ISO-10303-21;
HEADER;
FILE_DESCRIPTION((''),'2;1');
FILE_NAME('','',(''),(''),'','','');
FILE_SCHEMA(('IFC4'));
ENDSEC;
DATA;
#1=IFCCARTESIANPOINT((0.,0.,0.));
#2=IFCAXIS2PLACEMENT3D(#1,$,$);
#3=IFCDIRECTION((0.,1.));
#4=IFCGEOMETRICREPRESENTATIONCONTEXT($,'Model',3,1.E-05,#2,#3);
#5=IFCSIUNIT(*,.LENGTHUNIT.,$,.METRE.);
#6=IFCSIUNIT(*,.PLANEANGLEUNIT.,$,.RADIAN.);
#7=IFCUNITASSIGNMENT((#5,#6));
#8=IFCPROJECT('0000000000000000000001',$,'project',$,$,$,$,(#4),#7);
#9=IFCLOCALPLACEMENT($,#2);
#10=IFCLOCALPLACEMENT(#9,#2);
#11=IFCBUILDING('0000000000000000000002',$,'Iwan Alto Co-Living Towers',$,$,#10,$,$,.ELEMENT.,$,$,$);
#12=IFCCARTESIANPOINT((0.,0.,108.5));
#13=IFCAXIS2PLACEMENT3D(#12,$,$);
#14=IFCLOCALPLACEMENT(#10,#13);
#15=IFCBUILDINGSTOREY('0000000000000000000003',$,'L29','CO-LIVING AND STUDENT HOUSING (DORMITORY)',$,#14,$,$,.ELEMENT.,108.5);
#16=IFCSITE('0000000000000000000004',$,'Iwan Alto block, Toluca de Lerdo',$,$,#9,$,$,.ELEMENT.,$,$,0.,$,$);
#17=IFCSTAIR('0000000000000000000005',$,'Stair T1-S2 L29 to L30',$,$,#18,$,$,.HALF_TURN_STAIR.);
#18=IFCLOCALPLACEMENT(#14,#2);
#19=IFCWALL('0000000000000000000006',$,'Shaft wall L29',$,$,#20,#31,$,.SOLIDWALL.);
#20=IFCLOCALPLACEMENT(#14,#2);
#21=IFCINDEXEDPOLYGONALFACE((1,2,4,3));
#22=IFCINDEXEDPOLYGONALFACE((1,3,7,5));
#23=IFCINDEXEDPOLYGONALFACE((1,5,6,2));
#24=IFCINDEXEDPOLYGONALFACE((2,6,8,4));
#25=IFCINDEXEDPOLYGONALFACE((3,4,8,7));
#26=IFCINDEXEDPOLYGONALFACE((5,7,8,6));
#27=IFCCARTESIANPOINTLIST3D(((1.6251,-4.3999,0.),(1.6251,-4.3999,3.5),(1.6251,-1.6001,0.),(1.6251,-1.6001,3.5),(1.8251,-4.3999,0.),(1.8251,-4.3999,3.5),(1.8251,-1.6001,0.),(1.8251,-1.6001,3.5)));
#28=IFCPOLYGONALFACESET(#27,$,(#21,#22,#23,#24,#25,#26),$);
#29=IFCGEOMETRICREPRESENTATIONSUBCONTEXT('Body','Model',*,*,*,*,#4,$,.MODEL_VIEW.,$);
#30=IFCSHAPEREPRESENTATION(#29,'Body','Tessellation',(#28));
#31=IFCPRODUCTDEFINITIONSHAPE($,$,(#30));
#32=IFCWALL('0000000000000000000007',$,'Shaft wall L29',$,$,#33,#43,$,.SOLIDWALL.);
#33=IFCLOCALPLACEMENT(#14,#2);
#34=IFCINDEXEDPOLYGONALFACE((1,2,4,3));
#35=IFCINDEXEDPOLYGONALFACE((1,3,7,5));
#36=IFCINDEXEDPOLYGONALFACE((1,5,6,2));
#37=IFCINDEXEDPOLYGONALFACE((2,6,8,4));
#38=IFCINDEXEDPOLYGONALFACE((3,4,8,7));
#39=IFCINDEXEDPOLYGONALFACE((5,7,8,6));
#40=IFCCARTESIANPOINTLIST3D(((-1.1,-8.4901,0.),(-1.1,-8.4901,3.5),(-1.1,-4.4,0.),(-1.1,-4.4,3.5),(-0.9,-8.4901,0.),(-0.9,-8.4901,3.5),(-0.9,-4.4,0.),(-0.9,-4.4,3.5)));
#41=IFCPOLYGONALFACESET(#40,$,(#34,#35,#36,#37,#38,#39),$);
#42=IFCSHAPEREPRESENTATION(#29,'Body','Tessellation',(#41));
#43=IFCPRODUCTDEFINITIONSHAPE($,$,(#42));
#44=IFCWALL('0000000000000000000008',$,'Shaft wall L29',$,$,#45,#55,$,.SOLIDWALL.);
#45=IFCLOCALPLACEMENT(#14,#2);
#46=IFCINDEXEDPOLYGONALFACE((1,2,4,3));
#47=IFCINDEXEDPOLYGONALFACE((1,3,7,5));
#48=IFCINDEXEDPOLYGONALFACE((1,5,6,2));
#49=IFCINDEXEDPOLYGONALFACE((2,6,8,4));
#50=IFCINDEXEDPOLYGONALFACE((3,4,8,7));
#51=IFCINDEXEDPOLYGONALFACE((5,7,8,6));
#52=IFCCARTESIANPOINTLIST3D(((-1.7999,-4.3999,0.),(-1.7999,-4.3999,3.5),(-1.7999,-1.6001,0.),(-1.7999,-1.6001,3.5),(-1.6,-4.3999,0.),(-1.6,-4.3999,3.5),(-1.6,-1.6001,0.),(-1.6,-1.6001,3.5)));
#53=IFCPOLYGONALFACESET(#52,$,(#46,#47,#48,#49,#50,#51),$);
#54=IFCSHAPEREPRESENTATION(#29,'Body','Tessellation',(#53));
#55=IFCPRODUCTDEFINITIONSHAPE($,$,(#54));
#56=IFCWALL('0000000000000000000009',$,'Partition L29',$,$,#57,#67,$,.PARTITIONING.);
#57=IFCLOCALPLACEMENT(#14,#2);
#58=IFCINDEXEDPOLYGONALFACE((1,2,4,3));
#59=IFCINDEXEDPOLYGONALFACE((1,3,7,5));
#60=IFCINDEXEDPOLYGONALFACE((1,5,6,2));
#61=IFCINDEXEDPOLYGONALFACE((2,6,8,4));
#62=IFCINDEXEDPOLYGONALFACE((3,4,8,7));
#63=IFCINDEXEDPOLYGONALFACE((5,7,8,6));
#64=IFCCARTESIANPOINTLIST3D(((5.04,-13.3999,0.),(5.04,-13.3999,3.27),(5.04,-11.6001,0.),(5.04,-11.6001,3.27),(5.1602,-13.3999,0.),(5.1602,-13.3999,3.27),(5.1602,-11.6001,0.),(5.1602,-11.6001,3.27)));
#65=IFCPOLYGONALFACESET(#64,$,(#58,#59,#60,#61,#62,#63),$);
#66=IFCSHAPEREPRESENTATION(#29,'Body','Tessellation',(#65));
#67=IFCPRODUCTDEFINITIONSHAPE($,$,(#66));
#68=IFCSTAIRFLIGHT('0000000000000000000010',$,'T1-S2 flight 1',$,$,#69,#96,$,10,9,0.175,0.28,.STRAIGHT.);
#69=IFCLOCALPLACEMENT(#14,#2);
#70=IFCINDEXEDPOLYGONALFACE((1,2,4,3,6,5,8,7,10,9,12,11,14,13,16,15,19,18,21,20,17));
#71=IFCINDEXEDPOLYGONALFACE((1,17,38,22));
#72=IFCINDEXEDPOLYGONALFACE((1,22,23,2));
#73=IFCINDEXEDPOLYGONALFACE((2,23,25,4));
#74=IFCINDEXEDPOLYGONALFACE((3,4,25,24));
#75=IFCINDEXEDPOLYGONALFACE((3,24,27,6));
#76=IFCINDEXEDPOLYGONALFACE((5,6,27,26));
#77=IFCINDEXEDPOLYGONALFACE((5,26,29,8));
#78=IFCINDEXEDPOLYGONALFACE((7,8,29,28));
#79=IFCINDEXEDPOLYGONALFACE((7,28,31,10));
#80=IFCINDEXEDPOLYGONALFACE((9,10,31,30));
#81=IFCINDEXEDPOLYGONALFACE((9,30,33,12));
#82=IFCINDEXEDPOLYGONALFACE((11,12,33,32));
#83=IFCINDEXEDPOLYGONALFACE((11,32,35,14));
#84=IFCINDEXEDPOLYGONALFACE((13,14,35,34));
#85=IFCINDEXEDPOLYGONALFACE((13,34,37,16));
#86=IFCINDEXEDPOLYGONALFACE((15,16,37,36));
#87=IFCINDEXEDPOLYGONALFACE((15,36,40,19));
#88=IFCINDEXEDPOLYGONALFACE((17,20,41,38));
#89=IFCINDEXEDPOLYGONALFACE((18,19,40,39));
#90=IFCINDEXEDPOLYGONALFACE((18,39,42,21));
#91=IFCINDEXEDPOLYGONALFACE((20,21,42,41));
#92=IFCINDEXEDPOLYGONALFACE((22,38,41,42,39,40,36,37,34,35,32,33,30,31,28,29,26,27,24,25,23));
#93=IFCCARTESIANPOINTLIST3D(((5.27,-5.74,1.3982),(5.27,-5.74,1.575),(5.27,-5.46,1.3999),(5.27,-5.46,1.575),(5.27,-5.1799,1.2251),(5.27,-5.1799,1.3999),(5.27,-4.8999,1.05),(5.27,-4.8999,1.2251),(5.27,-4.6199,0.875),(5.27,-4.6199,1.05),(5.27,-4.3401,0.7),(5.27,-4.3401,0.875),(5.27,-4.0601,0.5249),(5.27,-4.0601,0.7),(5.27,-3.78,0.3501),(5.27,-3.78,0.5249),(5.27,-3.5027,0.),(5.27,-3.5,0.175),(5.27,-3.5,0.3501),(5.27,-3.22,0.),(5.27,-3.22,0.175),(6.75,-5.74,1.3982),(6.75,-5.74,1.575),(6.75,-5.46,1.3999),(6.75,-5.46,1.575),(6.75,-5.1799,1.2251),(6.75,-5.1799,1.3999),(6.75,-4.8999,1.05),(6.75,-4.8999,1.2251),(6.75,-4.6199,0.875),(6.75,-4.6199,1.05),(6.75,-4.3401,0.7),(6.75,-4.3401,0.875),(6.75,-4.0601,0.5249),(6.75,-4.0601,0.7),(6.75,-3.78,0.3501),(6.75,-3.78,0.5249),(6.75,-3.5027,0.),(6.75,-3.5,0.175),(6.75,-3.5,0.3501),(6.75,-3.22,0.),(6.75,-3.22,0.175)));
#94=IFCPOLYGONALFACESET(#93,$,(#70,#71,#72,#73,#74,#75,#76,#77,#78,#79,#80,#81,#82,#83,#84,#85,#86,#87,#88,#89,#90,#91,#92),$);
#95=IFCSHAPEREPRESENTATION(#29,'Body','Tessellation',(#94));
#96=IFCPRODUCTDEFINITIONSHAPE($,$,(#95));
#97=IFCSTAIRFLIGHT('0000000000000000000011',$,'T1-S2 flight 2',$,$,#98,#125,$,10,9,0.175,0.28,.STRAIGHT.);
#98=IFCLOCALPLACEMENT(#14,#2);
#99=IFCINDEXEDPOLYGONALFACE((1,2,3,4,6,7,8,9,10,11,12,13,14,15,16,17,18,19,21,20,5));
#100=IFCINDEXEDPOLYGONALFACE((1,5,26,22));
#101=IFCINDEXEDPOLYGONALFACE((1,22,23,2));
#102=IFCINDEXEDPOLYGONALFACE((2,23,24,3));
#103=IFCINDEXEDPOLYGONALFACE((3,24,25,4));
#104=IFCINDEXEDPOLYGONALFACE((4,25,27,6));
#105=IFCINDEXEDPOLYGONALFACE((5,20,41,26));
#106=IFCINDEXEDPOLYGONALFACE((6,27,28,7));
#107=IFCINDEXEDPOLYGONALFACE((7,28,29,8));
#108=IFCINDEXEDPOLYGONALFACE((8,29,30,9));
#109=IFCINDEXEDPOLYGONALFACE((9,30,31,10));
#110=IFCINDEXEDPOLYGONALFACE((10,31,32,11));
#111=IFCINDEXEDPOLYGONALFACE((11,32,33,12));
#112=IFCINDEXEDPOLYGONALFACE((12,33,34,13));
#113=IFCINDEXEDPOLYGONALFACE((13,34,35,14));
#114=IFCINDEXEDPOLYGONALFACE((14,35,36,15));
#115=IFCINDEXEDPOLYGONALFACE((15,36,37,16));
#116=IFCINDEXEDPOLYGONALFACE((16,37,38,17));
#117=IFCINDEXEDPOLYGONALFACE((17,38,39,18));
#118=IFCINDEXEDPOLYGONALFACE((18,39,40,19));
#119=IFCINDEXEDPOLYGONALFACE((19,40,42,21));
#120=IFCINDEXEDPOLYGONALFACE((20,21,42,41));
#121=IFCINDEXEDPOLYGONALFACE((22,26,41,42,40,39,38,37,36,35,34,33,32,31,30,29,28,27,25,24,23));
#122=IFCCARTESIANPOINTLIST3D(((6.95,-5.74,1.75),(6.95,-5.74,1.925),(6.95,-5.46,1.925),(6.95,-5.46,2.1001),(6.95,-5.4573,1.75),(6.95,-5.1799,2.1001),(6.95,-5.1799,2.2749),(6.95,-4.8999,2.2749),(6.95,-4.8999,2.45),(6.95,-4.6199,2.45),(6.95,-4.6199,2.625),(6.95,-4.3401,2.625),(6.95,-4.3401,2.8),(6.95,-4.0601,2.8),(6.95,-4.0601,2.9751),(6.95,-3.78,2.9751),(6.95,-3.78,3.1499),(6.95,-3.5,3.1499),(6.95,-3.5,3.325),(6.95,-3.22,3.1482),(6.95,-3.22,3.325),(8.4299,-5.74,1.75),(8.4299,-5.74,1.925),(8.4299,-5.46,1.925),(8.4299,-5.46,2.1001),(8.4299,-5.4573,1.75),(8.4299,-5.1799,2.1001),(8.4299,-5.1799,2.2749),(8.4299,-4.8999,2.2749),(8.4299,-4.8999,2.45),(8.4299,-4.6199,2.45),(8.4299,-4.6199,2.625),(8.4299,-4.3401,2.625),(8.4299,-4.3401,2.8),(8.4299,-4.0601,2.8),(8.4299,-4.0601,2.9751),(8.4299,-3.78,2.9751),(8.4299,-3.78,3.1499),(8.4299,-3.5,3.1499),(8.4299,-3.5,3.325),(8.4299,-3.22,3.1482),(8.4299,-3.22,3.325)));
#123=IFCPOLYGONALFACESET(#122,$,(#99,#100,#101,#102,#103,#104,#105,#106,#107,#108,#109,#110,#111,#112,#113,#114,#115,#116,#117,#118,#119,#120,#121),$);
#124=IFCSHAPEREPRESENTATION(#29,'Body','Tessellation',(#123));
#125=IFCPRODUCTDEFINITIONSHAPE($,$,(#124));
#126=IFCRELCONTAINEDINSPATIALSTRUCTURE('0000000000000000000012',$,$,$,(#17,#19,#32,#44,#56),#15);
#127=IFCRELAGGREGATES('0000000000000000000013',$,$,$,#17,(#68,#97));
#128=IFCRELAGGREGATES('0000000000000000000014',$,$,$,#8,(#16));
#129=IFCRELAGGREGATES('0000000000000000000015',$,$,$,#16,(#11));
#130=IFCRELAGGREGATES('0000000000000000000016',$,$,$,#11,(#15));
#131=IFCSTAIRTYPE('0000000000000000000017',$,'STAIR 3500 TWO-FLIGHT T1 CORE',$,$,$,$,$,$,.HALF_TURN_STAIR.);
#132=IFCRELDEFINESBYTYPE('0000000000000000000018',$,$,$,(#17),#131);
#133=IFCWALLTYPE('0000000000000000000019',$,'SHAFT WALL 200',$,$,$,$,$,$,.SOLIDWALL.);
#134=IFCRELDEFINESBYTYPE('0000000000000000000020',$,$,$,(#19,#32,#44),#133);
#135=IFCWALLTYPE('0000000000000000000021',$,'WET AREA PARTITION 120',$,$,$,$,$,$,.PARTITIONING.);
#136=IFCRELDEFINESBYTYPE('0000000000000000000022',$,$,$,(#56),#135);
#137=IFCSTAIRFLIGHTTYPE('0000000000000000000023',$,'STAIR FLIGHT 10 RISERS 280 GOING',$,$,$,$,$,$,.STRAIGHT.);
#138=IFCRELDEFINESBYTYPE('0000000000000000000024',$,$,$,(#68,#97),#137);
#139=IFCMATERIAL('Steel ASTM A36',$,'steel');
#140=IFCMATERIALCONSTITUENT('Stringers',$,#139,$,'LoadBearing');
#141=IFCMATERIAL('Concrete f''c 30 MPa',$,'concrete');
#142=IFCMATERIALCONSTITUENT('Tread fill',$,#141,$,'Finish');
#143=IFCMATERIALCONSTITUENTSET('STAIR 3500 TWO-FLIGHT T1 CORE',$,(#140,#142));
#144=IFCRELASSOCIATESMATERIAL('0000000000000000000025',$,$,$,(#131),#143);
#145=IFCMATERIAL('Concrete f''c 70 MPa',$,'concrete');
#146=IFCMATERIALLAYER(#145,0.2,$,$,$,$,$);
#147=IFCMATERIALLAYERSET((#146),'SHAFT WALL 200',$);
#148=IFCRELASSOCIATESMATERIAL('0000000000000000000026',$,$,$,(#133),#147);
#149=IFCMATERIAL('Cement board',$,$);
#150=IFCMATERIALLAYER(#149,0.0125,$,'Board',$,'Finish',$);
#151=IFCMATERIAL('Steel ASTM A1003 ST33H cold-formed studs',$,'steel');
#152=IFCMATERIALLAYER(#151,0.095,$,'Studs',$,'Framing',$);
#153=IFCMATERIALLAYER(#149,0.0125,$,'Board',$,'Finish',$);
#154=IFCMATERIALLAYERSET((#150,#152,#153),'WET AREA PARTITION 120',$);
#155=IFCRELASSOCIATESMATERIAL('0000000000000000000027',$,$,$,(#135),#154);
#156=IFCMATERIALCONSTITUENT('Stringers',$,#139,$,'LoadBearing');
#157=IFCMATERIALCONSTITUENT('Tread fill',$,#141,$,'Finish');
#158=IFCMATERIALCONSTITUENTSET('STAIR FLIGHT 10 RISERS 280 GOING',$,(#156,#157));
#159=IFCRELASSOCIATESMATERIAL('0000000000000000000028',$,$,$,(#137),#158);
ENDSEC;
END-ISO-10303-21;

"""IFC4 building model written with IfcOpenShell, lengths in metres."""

from ifc_helpers import new_model, si_unit, direction, frame, frame_2d, origin, place, context, subcontext, project, spatial, polyline, rectangle, outline, extrude, material, layer, layer_set, constituent, constituent_set, type_object, element, aggregate, save


model = new_model("IFC4")

# Units and contexts
model_context = context("Model", 3, precision=1e-05, world=origin(), true_north=direction((0.0, 1.0)))
body_context = subcontext(model_context, "Body", "Model", "MODEL_VIEW")
ifc_project = project(units=[si_unit("LENGTHUNIT", "METRE"), si_unit("PLANEANGLEUNIT", "RADIAN")], contexts=[model_context])

# Site, building, storey
site_placement = place(None, origin())
site = spatial("IfcSite", under=ifc_project, at=site_placement, Name="Iwan Alto block, Toluca de Lerdo", CompositionType="ELEMENT", RefElevation=0.0)
building_placement = place(site_placement, origin())
building = spatial("IfcBuilding", under=site, at=building_placement, Name="Iwan Alto Co-Living Towers", CompositionType="ELEMENT")
storey_placement = place(building_placement, frame((0.0, 0.0, 108.5)))
storey = spatial("IfcBuildingStorey", under=building, at=storey_placement, Name="L29", Description="CO-LIVING AND STUDENT HOUSING (DORMITORY)", CompositionType="ELEMENT", Elevation=108.5)

# Stair
ifc_material_1 = material(Name="Steel ASTM A36", Category="steel")
ifc_constituent_1 = constituent(ifc_material_1, Name="Stringers", Category="LoadBearing")
ifc_material_2 = material(Name="Concrete f'c 30 MPa", Category="concrete")
ifc_constituent_2 = constituent(ifc_material_2, Name="Tread fill", Category="Finish")
ifc_constituent_set_1 = constituent_set(constituents=[ifc_constituent_1, ifc_constituent_2], Name="STAIR 3500 TWO-FLIGHT T1 CORE")
stair_type = type_object("IfcStairType", Name="STAIR 3500 TWO-FLIGHT T1 CORE", PredefinedType="HALF_TURN_STAIR", material=ifc_constituent_set_1)
stair_1_placement = place(storey_placement, origin())
stair_1 = element("IfcStair", 1, at=stair_1_placement, inside=storey, type_object=stair_type, Name="Stair T1-S2 L29 to L30", PredefinedType="HALF_TURN_STAIR")

# Shared definitions
ifc_material_3 = material(Name="Concrete f'c 70 MPa", Category="concrete")
ifc_layer_1 = layer(ifc_material_3, 0.2)
ifc_layer_set_1 = layer_set([ifc_layer_1], Name="SHAFT WALL 200")
wall_type_1 = type_object("IfcWallType", Name="SHAFT WALL 200", PredefinedType="SOLIDWALL", material=ifc_layer_set_1)

# Walls
wall_1_placement = place(storey_placement, frame((1.7251, -4.3999, 0.0), z_axis=(0.0, 0.0, 1.0), x_axis=(0.0, 1.0, 0.0)))
element("IfcWall", 2, at=wall_1_placement, inside=storey, type_object=wall_type_1, Name="Shaft wall L29", PredefinedType="SOLIDWALL", context=body_context, shape_type="SweptSolid", body=[
    extrude(rectangle(XDim=2.7998, YDim=0.2, at=frame_2d((1.3999, 0.0))), origin(), (0.0, 0.0, 1.0), 3.5),
])
wall_2_placement = place(storey_placement, frame((-1.0, -8.49, 0.0), z_axis=(0.0, 0.0, 1.0), x_axis=(0.0, 1.0, 0.0)))
element("IfcWall", 3, at=wall_2_placement, inside=storey, type_object=wall_type_1, Name="Shaft wall L29", PredefinedType="SOLIDWALL", context=body_context, shape_type="SweptSolid", body=[
    extrude(rectangle(XDim=4.0901, YDim=0.2, at=frame_2d((2.0449, 0.0))), origin(), (0.0, 0.0, 1.0), 3.5),
])
wall_3_placement = place(storey_placement, frame((-1.7, -4.3999, 0.0), z_axis=(0.0, 0.0, 1.0), x_axis=(0.0, 1.0, 0.0)))
element("IfcWall", 4, at=wall_3_placement, inside=storey, type_object=wall_type_1, Name="Shaft wall L29", PredefinedType="SOLIDWALL", context=body_context, shape_type="SweptSolid", body=[
    extrude(rectangle(XDim=2.7998, YDim=0.2, at=frame_2d((1.3999, 0.0))), origin(), (0.0, 0.0, 1.0), 3.5),
])
ifc_material_4 = material(Name="Cement board")
ifc_layer_2 = layer(ifc_material_4, 0.0125, Name="Board", Category="Finish")
ifc_material_5 = material(Name="Steel ASTM A1003 ST33H cold-formed studs", Category="steel")
ifc_layer_3 = layer(ifc_material_5, 0.095, Name="Studs", Category="Framing")
ifc_layer_4 = layer(ifc_material_4, 0.0125, Name="Board", Category="Finish")
ifc_layer_set_2 = layer_set([ifc_layer_2, ifc_layer_3, ifc_layer_4], Name="WET AREA PARTITION 120")
wall_type_2 = type_object("IfcWallType", Name="WET AREA PARTITION 120", PredefinedType="PARTITIONING", material=ifc_layer_set_2)
wall_4_placement = place(storey_placement, frame((5.1001, -13.3999, 0.0), z_axis=(0.0, 0.0, 1.0), x_axis=(0.0, 1.0, 0.0)))
element("IfcWall", 5, at=wall_4_placement, inside=storey, type_object=wall_type_2, Name="Partition L29", PredefinedType="PARTITIONING", context=body_context, shape_type="SweptSolid", body=[
    extrude(rectangle(XDim=1.7998, YDim=0.1201, at=frame_2d((0.8999, 0.0))), origin(), (0.0, 0.0, 1.0), 3.27),
])

# Stair flights
ifc_constituent_3 = constituent(ifc_material_1, Name="Stringers", Category="LoadBearing")
ifc_constituent_4 = constituent(ifc_material_2, Name="Tread fill", Category="Finish")
ifc_constituent_set_2 = constituent_set(constituents=[ifc_constituent_3, ifc_constituent_4], Name="STAIR FLIGHT 10 RISERS 280 GOING")
stair_flight_type = type_object("IfcStairFlightType", Name="STAIR FLIGHT 10 RISERS 280 GOING", PredefinedType="STRAIGHT", material=ifc_constituent_set_2)
stair_flight_1_placement = place(storey_placement, frame((6.01, -3.22, 0.0), z_axis=(0.0, 0.0, 1.0), x_axis=(0.0, -1.0, 0.0)))
stair_flight_1 = element("IfcStairFlight", 6, at=stair_flight_1_placement, type_object=stair_flight_type, Name="T1-S2 flight 1", NumberOfRisers=10, NumberOfTreads=9, PredefinedType="STRAIGHT", RiserHeight=0.175, TreadLength=0.28, context=body_context, shape_type="SweptSolid", body=[
    extrude(outline(polyline([(0.0, 0.0), (0.0, 0.175), (0.28, 0.175), (0.28, 0.3501), (0.5601, 0.3501), (0.5601, 0.5249), (0.8401, 0.5249), (0.8401, 0.7), (1.1201, 0.7), (1.1201, 0.875), (1.3999, 0.875), (1.3999, 1.05), (1.6799, 1.05), (1.6799, 1.2251), (1.96, 1.2251), (1.96, 1.3999), (2.24, 1.3999), (2.24, 1.575), (2.52, 1.575), (2.52, 1.75), (2.52, 1.3982), (0.2827, 0.0), (0.0, 0.0)])), frame((0.0, 0.74, 0.0), z_axis=(0.0, -1.0, 0.0), x_axis=(1.0, 0.0, 0.0)), (0.0, 0.0, 1.0), 1.48),
])
stair_flight_2_placement = place(storey_placement, frame((7.6899, -5.74, 1.75), z_axis=(0.0, 0.0, 1.0), x_axis=(0.0, 1.0, 0.0)))
stair_flight_2 = element("IfcStairFlight", 7, at=stair_flight_2_placement, type_object=stair_flight_type, Name="T1-S2 flight 2", NumberOfRisers=10, NumberOfTreads=9, PredefinedType="STRAIGHT", RiserHeight=0.175, TreadLength=0.28, context=body_context, shape_type="SweptSolid", body=[
    extrude(outline(polyline([(0.0, 0.0), (0.0, 0.175), (0.28, 0.175), (0.28, 0.3501), (0.5601, 0.3501), (0.5601, 0.5249), (0.8401, 0.5249), (0.8401, 0.7), (1.1201, 0.7), (1.1201, 0.875), (1.3999, 0.875), (1.3999, 1.05), (1.6799, 1.05), (1.6799, 1.2251), (1.96, 1.2251), (1.96, 1.3999), (2.24, 1.3999), (2.24, 1.575), (2.52, 1.575), (2.52, 1.75), (2.52, 1.3982), (0.2827, 0.0), (0.0, 0.0)])), frame((0.0, 0.74, 0.0), z_axis=(0.0, -1.0, 0.0), x_axis=(1.0, 0.0, 0.0)), (0.0, 0.0, 1.0), 1.48),
])
aggregate(stair_1, [stair_flight_1, stair_flight_2])

save(model, "model.ifc")
